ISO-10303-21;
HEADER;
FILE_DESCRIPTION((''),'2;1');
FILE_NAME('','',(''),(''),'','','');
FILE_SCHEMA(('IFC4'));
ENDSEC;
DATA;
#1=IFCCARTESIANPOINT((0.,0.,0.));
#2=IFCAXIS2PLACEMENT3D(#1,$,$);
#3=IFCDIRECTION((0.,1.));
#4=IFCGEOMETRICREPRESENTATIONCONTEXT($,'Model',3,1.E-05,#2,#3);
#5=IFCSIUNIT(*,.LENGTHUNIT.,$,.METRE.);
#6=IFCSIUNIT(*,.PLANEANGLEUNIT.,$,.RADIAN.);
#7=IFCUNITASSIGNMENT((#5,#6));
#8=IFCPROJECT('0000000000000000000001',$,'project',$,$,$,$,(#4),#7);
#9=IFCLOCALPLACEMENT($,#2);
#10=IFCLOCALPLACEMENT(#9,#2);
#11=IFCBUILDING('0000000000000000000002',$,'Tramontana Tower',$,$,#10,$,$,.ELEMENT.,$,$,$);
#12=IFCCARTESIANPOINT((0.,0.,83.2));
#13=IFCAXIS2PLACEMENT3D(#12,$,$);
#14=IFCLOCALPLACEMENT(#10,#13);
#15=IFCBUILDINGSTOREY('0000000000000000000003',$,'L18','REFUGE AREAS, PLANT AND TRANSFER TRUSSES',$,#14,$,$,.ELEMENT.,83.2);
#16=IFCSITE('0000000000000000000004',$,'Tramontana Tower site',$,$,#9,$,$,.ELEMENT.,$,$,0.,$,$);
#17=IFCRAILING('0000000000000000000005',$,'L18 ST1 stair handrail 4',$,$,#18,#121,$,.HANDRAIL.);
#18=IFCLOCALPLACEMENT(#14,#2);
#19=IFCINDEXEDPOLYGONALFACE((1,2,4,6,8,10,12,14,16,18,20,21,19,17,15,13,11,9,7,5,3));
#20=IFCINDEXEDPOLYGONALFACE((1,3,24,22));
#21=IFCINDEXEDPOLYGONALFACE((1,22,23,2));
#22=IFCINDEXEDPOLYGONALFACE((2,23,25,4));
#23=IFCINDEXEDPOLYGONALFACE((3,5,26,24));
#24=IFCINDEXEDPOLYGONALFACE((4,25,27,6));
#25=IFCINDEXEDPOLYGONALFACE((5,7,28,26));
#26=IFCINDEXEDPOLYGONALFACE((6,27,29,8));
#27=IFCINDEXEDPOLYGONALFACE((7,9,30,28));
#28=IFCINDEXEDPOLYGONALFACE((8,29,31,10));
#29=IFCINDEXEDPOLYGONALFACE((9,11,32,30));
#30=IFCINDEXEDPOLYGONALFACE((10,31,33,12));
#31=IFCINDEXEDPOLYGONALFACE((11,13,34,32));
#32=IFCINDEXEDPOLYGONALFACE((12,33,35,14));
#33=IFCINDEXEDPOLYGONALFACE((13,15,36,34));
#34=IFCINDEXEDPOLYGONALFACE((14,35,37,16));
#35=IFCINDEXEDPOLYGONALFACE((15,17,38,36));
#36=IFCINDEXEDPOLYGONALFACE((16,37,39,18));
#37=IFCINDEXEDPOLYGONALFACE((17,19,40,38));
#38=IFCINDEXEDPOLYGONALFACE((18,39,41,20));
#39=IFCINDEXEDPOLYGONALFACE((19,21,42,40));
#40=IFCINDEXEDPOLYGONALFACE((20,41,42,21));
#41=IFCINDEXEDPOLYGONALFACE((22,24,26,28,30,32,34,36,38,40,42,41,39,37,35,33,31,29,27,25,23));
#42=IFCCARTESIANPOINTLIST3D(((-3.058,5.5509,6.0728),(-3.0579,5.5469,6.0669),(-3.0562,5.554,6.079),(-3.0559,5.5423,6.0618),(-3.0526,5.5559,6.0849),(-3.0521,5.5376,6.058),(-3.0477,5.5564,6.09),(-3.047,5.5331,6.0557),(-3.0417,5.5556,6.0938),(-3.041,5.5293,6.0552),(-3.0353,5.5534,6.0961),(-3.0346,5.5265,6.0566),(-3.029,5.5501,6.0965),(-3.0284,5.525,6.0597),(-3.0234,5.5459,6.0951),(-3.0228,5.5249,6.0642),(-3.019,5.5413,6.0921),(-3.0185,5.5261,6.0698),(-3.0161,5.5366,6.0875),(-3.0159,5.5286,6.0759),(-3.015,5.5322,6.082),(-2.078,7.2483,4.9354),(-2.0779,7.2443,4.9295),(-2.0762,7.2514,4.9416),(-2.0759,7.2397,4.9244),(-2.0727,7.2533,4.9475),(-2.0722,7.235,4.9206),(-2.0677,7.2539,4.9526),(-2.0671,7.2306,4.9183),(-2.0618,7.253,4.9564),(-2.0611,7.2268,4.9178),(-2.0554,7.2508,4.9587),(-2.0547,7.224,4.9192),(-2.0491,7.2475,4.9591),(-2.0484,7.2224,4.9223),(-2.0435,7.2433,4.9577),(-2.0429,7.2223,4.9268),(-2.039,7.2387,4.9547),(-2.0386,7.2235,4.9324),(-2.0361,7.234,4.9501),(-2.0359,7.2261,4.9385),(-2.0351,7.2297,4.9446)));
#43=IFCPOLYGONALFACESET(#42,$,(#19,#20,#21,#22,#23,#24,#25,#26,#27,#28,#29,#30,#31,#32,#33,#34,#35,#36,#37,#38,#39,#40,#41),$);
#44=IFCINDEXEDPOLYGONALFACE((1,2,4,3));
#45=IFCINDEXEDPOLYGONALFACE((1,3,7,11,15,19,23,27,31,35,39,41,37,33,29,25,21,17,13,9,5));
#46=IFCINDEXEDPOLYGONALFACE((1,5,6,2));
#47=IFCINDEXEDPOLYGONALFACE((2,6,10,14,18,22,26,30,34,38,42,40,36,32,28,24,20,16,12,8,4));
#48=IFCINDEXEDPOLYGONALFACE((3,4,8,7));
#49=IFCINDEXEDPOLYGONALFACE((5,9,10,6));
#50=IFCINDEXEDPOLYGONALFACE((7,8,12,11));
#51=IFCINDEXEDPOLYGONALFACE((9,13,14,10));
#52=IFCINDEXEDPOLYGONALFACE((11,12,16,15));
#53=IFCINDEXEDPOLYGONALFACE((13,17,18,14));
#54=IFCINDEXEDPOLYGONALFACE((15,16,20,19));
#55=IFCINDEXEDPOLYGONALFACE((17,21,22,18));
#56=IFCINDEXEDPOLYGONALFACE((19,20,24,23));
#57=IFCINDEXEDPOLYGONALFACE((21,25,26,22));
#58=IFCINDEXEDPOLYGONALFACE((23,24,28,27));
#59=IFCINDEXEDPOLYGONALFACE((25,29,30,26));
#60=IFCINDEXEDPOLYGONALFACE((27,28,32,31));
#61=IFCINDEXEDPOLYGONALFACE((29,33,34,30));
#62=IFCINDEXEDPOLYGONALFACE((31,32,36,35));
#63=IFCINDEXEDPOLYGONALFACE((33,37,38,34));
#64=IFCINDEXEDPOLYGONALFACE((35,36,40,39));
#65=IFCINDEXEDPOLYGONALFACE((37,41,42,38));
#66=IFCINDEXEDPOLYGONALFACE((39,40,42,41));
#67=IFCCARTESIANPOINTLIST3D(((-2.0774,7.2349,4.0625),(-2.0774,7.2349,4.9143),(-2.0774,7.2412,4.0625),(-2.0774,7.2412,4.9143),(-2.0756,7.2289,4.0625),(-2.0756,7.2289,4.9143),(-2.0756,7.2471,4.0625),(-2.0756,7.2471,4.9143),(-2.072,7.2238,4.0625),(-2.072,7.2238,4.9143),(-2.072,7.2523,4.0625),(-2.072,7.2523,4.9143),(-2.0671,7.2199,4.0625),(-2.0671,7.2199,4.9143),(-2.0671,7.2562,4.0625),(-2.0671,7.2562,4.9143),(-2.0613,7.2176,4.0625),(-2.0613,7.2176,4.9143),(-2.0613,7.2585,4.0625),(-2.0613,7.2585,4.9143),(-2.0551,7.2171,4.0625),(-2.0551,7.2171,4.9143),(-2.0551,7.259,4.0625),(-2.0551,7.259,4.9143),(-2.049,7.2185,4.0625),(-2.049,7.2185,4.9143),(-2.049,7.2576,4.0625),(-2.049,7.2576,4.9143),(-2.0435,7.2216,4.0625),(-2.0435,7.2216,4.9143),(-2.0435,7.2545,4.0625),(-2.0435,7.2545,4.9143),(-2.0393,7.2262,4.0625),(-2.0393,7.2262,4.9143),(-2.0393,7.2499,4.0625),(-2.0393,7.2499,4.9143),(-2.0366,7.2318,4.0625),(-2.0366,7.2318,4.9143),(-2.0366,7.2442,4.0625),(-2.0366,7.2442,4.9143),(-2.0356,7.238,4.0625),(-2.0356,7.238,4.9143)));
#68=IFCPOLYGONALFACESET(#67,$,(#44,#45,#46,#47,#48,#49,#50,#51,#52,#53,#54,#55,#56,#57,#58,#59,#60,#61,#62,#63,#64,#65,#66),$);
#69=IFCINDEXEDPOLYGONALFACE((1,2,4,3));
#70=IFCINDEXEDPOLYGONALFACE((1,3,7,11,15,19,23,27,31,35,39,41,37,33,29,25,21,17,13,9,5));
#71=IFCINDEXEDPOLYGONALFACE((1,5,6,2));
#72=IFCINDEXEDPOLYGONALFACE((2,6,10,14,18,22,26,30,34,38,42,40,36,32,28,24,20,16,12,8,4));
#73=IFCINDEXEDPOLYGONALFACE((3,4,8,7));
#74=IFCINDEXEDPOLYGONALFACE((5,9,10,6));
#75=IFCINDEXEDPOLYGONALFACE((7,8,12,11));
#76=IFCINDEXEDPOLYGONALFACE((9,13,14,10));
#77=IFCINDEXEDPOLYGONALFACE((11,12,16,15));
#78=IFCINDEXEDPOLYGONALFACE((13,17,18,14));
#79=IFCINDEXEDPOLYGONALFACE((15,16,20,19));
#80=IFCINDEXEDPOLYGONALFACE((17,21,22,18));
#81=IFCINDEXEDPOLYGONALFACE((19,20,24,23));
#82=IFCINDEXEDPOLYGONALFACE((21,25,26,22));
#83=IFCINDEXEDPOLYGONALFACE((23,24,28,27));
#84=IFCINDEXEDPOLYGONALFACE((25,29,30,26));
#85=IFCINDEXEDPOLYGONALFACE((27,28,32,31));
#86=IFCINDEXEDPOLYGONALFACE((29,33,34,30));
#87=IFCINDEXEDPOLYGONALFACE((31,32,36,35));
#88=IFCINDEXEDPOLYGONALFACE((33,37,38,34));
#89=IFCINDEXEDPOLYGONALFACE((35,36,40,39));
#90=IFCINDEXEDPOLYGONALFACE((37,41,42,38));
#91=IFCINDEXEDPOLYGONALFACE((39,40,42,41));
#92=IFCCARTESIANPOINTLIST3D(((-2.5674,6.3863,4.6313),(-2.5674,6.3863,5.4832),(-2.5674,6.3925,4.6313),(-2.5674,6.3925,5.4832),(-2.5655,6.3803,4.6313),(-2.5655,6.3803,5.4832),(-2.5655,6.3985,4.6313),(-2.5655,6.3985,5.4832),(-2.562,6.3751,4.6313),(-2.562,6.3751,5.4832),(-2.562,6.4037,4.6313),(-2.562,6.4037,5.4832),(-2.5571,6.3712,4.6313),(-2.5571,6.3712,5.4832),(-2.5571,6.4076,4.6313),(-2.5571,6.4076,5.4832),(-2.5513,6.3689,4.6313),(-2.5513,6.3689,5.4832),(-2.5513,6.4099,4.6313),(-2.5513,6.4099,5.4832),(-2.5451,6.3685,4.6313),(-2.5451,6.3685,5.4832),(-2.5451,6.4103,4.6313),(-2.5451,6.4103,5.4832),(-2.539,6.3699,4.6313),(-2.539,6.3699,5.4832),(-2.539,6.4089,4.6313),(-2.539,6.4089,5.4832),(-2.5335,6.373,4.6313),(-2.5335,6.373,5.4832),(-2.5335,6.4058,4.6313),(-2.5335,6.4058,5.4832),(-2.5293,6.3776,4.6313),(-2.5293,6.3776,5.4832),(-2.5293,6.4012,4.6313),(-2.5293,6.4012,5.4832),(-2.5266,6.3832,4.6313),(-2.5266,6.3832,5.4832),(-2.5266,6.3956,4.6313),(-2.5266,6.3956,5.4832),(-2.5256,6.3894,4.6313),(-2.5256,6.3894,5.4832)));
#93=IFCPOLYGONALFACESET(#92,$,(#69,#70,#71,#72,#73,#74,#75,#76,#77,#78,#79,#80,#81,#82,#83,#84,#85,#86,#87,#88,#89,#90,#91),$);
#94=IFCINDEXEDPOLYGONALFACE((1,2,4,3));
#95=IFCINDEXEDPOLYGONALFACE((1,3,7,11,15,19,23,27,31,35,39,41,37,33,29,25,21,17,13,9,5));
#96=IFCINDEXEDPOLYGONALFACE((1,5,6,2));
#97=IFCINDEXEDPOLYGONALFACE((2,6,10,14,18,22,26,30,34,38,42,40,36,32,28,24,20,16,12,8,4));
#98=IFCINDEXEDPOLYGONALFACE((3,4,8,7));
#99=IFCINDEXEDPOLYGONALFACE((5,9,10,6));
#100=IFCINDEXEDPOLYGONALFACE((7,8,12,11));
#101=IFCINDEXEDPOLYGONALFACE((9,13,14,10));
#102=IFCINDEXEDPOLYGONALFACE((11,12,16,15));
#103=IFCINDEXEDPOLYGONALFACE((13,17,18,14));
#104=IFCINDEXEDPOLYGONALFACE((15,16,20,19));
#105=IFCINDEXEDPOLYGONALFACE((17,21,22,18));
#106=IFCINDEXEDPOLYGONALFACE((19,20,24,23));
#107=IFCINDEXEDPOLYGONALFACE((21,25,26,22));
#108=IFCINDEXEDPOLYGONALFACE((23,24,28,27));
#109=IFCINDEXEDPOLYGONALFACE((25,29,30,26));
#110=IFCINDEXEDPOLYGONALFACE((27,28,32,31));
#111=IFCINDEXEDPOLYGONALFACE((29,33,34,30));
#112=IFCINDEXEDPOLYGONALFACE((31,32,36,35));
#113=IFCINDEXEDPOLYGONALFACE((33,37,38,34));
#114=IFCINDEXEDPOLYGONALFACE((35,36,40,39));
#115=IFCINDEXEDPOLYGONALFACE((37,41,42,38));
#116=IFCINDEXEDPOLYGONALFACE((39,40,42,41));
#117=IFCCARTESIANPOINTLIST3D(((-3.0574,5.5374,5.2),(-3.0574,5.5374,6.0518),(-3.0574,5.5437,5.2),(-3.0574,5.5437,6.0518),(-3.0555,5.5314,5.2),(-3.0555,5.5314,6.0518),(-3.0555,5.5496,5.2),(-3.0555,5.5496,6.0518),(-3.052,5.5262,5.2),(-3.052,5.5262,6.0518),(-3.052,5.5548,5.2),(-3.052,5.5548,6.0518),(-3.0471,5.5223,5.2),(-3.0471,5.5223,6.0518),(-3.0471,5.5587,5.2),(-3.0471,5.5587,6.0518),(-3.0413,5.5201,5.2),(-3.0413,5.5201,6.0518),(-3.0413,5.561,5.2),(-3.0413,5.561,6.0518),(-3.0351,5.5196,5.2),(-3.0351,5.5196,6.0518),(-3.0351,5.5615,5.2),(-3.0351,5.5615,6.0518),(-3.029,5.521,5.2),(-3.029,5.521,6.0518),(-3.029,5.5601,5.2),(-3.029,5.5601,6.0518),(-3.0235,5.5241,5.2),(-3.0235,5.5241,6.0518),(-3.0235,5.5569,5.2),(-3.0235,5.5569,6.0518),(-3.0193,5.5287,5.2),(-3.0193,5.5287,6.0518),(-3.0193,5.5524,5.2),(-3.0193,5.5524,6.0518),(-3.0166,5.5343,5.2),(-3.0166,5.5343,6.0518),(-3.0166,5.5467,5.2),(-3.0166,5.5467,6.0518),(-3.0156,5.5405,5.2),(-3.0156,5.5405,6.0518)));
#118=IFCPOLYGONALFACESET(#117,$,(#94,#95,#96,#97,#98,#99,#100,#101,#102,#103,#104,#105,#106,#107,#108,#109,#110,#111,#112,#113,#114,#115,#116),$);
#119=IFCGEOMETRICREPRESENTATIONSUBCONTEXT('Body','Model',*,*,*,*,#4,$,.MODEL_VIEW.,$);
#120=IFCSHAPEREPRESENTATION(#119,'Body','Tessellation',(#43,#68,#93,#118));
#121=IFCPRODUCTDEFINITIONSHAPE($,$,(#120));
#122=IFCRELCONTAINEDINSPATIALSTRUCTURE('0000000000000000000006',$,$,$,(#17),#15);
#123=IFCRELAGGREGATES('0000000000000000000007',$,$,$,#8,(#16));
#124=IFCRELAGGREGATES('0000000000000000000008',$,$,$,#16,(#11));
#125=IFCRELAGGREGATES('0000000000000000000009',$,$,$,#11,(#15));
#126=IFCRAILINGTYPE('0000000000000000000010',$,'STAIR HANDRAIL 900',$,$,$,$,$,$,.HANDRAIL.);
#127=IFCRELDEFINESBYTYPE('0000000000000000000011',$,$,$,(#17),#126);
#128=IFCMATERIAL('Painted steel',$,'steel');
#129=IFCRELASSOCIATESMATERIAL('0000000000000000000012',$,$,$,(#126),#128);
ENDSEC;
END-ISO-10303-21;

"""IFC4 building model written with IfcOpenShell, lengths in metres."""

from ifc_helpers import new_model, si_unit, direction, frame, origin, origin_2d, place, context, subcontext, project, spatial, circle, extrude, material, type_object, element, save


model = new_model("IFC4")

# Units and contexts
model_context = context("Model", 3, precision=1e-05, world=origin(), true_north=direction((0.0, 1.0)))
body_context = subcontext(model_context, "Body", "Model", "MODEL_VIEW")
ifc_project = project(units=[si_unit("LENGTHUNIT", "METRE"), si_unit("PLANEANGLEUNIT", "RADIAN")], contexts=[model_context])

# Site, building, storey
site_placement = place(None, origin())
site = spatial("IfcSite", under=ifc_project, at=site_placement, Name="Tramontana Tower site", CompositionType="ELEMENT", RefElevation=0.0)
building_placement = place(site_placement, origin())
building = spatial("IfcBuilding", under=site, at=building_placement, Name="Tramontana Tower", CompositionType="ELEMENT")
storey_placement = place(building_placement, frame((0.0, 0.0, 83.2)))
storey = spatial("IfcBuildingStorey", under=building, at=storey_placement, Name="L18", Description="REFUGE AREAS, PLANT AND TRANSFER TRUSSES", CompositionType="ELEMENT", Elevation=83.2)

# Railing
ifc_material_1 = material(Name="Painted steel", Category="steel")
railing_type = type_object("IfcRailingType", Name="STAIR HANDRAIL 900", PredefinedType="HANDRAIL", material=ifc_material_1)
for number, where, name in (
    (1, (-2.0566, 7.238, 4.0625), "L18 ST1 stair handrail 4"),
):
    element("IfcRailing", number, at=place(storey_placement, frame(where)), inside=storey, type_object=railing_type, Name=name, PredefinedType="HANDRAIL", context=body_context, shape_type="SweptSolid", body=[
        extrude(circle(Radius=0.0239, at=origin_2d()), frame((0.0, 0.0, 0.876), z_axis=(-0.432432, -0.749053, 0.501918), x_axis=(0.866042, -0.49997, 0.0)), (0.0, 0.0, 1.0), 2.2661),
        extrude(circle(Radius=0.021, at=origin_2d()), origin(), (0.0, 0.0, 1.0), 0.8518),
        extrude(circle(Radius=0.021, at=origin_2d()), frame((-0.49, -0.8486, 0.5688)), (0.0, 0.0, 1.0), 0.8518),
        extrude(circle(Radius=0.021, at=origin_2d()), frame((-0.98, -1.6975, 1.1375)), (0.0, 0.0, 1.0), 0.8518),
    ])

save(model, "model.ifc")
